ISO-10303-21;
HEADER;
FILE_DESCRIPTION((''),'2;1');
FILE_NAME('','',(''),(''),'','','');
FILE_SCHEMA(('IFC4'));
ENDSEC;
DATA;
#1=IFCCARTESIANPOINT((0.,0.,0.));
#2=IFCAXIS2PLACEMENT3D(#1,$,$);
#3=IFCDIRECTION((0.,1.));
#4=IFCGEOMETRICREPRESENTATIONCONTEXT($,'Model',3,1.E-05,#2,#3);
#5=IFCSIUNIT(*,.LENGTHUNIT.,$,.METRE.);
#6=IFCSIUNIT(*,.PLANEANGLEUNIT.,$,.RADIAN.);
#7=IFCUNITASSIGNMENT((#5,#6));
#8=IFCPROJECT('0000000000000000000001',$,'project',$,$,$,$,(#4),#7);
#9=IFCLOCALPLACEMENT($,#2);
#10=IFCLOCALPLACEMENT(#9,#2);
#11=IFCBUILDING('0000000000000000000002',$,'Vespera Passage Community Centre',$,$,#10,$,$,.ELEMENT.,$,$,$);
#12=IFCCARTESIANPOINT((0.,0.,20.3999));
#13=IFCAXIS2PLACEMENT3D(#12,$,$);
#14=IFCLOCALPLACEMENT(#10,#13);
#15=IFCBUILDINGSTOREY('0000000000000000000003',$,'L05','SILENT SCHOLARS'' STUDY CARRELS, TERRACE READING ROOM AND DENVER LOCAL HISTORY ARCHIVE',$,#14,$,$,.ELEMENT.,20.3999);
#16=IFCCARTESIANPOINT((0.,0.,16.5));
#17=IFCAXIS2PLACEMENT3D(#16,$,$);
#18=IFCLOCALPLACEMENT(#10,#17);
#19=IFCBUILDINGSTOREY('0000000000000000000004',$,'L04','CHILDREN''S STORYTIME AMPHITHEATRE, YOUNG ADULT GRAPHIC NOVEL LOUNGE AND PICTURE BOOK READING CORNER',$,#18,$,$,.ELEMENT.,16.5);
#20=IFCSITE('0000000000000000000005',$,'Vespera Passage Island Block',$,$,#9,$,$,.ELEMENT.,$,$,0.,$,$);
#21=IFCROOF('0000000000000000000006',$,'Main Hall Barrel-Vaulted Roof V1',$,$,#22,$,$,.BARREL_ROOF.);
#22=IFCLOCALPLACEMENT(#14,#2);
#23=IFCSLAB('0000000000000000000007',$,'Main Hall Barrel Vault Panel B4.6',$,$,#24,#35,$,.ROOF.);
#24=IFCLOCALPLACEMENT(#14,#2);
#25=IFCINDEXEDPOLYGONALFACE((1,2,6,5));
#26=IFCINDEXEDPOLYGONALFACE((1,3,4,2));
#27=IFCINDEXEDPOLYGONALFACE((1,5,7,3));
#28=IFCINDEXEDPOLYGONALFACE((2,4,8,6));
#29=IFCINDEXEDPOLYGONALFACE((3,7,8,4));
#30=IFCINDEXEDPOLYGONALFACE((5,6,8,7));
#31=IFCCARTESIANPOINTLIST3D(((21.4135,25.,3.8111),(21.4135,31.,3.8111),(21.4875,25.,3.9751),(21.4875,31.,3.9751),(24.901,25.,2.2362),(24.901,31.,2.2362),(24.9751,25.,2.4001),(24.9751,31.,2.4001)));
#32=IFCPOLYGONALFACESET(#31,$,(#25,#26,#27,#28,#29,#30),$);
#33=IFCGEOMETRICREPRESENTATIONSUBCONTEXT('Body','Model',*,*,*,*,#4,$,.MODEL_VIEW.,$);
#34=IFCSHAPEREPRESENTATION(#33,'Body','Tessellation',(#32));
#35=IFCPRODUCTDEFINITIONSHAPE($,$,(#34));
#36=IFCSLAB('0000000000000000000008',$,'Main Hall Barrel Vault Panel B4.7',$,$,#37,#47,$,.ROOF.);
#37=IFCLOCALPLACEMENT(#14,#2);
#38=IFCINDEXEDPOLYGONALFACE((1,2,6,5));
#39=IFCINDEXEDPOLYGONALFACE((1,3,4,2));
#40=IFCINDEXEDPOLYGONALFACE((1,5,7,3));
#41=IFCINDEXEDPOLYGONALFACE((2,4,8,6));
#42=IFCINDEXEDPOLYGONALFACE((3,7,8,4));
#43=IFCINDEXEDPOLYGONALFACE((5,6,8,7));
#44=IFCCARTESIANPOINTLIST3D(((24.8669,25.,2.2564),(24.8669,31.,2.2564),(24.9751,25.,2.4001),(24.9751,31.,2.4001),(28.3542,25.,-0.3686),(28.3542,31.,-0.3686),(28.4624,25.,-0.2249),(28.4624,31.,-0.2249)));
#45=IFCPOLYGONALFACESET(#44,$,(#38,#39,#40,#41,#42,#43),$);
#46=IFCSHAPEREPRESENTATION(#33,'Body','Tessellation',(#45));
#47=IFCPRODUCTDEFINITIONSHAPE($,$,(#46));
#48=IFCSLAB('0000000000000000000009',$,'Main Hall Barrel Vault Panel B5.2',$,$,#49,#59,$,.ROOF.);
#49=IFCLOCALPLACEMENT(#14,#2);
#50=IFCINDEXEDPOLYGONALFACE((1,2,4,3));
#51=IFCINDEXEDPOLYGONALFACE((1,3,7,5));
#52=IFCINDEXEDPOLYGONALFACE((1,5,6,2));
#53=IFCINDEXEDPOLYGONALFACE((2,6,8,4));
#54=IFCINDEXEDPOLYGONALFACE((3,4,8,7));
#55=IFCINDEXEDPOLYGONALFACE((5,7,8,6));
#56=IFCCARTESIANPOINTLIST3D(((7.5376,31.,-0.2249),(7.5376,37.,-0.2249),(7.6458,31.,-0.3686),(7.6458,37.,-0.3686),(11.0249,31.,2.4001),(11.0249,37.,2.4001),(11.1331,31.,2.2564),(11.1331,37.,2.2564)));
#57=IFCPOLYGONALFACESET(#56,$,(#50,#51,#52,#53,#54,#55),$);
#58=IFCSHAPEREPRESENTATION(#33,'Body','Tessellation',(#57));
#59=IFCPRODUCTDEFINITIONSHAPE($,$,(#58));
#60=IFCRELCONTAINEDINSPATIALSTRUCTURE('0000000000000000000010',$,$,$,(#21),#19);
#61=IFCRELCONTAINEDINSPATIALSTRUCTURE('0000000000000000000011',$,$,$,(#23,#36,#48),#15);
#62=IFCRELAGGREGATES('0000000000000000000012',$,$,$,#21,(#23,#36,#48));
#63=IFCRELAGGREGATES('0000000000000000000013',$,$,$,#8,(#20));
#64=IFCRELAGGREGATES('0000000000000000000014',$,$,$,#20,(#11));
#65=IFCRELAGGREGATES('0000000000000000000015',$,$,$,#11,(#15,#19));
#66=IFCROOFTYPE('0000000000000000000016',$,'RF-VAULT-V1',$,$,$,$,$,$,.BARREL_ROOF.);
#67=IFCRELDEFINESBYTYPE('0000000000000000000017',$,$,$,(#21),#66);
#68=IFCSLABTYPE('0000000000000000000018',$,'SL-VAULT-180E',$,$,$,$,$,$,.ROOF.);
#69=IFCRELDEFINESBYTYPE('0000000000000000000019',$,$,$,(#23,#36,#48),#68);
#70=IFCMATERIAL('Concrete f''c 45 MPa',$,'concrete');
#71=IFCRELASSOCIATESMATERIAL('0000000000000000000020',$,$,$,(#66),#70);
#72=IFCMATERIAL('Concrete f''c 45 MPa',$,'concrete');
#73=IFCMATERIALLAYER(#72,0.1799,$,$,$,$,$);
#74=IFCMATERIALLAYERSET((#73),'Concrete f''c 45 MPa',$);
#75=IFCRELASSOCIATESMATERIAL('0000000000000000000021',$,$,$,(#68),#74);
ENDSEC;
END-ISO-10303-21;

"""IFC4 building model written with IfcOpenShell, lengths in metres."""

from ifc_helpers import new_model, si_unit, direction, frame, origin, place, context, subcontext, project, spatial, polyline, outline, extrude, material, layer, layer_set, type_object, element, aggregate, save


model = new_model("IFC4")

# Units and contexts
model_context = context("Model", 3, precision=1e-05, world=origin(), true_north=direction((0.0, 1.0)))
body_context = subcontext(model_context, "Body", "Model", "MODEL_VIEW")
ifc_project = project(units=[si_unit("LENGTHUNIT", "METRE"), si_unit("PLANEANGLEUNIT", "RADIAN")], contexts=[model_context])

# Site, building, storey
site_placement = place(None, origin())
site = spatial("IfcSite", under=ifc_project, at=site_placement, Name="Vespera Passage Island Block", CompositionType="ELEMENT", RefElevation=0.0)
building_placement = place(site_placement, origin())
building = spatial("IfcBuilding", under=site, at=building_placement, Name="Vespera Passage Community Centre", CompositionType="ELEMENT")
storey_1_placement = place(building_placement, frame((0.0, 0.0, 20.3999)))
storey_1 = spatial("IfcBuildingStorey", under=building, at=storey_1_placement, Name="L05", Description="SILENT SCHOLARS' STUDY CARRELS, TERRACE READING ROOM AND DENVER LOCAL HISTORY ARCHIVE", CompositionType="ELEMENT", Elevation=20.3999)

# Shared definitions
storey_2_placement = place(building_placement, frame((0.0, 0.0, 16.5)))
storey_2 = spatial("IfcBuildingStorey", under=building, at=storey_2_placement, Name="L04", Description="CHILDREN'S STORYTIME AMPHITHEATRE, YOUNG ADULT GRAPHIC NOVEL LOUNGE AND PICTURE BOOK READING CORNER", CompositionType="ELEMENT", Elevation=16.5)

# Roof, slabs
ifc_material_1 = material(Name="Concrete f'c 45 MPa", Category="concrete")
roof_type = type_object("IfcRoofType", Name="RF-VAULT-V1", PredefinedType="BARREL_ROOF", material=ifc_material_1)
roof_placement = place(storey_2_placement, origin())
roof = element("IfcRoof", 1, at=roof_placement, inside=storey_2, type_object=roof_type, Name="Main Hall Barrel-Vaulted Roof V1", PredefinedType="BARREL_ROOF")
ifc_material_2 = material(Name="Concrete f'c 45 MPa", Category="concrete")
ifc_layer_1 = layer(ifc_material_2, 0.1799)
ifc_layer_set_1 = layer_set([ifc_layer_1], Name="Concrete f'c 45 MPa")
slab_type_1 = type_object("IfcSlabType", Name="SL-VAULT-180E", PredefinedType="ROOF", material=ifc_layer_set_1)
slab_1_placement = place(storey_1_placement, frame((21.4875, 25.0, 3.9751), z_axis=(0.411571, 0.0, 0.911378), x_axis=(0.911378, 0.0, -0.411571)))
slab_1 = element("IfcSlab", 2, at=slab_1_placement, inside=storey_1, type_object=slab_type_1, Name="Main Hall Barrel Vault Panel B4.6", PredefinedType="ROOF", context=body_context, shape_type="SweptSolid", body=[
    extrude(outline(polyline([(0.0, 0.0), (3.8267, 0.0), (3.8267, 6.0), (0.0, 6.0), (0.0, 0.0)])), origin(), (0.0, 0.0, -1.0), 0.1799),
])
slab_2_placement = place(storey_1_placement, frame((24.9751, 25.0, 2.4001), z_axis=(0.601395, 0.0, 0.798952), x_axis=(0.798952, 0.0, -0.601395)))
slab_2 = element("IfcSlab", 3, at=slab_2_placement, inside=storey_1, type_object=slab_type_1, Name="Main Hall Barrel Vault Panel B4.7", PredefinedType="ROOF", context=body_context, shape_type="SweptSolid", body=[
    extrude(outline(polyline([(0.0, 0.0), (4.3649, 0.0), (4.3649, 6.0), (0.0, 6.0), (0.0, 0.0)])), origin(), (0.0, 0.0, -1.0), 0.1799),
])
slab_3_placement = place(storey_1_placement, frame((7.5376, 31.0, -0.2249), z_axis=(-0.601395, 0.0, 0.798952), x_axis=(0.798952, 0.0, 0.601395)))
slab_3 = element("IfcSlab", 4, at=slab_3_placement, inside=storey_1, type_object=slab_type_1, Name="Main Hall Barrel Vault Panel B5.2", PredefinedType="ROOF", context=body_context, shape_type="SweptSolid", body=[
    extrude(outline(polyline([(0.0, 0.0), (4.3649, 0.0), (4.3649, 6.0), (0.0, 6.0), (0.0, 0.0)])), origin(), (0.0, 0.0, -1.0), 0.1799),
])
aggregate(roof, [slab_1, slab_2, slab_3])

save(model, "model.ifc")
